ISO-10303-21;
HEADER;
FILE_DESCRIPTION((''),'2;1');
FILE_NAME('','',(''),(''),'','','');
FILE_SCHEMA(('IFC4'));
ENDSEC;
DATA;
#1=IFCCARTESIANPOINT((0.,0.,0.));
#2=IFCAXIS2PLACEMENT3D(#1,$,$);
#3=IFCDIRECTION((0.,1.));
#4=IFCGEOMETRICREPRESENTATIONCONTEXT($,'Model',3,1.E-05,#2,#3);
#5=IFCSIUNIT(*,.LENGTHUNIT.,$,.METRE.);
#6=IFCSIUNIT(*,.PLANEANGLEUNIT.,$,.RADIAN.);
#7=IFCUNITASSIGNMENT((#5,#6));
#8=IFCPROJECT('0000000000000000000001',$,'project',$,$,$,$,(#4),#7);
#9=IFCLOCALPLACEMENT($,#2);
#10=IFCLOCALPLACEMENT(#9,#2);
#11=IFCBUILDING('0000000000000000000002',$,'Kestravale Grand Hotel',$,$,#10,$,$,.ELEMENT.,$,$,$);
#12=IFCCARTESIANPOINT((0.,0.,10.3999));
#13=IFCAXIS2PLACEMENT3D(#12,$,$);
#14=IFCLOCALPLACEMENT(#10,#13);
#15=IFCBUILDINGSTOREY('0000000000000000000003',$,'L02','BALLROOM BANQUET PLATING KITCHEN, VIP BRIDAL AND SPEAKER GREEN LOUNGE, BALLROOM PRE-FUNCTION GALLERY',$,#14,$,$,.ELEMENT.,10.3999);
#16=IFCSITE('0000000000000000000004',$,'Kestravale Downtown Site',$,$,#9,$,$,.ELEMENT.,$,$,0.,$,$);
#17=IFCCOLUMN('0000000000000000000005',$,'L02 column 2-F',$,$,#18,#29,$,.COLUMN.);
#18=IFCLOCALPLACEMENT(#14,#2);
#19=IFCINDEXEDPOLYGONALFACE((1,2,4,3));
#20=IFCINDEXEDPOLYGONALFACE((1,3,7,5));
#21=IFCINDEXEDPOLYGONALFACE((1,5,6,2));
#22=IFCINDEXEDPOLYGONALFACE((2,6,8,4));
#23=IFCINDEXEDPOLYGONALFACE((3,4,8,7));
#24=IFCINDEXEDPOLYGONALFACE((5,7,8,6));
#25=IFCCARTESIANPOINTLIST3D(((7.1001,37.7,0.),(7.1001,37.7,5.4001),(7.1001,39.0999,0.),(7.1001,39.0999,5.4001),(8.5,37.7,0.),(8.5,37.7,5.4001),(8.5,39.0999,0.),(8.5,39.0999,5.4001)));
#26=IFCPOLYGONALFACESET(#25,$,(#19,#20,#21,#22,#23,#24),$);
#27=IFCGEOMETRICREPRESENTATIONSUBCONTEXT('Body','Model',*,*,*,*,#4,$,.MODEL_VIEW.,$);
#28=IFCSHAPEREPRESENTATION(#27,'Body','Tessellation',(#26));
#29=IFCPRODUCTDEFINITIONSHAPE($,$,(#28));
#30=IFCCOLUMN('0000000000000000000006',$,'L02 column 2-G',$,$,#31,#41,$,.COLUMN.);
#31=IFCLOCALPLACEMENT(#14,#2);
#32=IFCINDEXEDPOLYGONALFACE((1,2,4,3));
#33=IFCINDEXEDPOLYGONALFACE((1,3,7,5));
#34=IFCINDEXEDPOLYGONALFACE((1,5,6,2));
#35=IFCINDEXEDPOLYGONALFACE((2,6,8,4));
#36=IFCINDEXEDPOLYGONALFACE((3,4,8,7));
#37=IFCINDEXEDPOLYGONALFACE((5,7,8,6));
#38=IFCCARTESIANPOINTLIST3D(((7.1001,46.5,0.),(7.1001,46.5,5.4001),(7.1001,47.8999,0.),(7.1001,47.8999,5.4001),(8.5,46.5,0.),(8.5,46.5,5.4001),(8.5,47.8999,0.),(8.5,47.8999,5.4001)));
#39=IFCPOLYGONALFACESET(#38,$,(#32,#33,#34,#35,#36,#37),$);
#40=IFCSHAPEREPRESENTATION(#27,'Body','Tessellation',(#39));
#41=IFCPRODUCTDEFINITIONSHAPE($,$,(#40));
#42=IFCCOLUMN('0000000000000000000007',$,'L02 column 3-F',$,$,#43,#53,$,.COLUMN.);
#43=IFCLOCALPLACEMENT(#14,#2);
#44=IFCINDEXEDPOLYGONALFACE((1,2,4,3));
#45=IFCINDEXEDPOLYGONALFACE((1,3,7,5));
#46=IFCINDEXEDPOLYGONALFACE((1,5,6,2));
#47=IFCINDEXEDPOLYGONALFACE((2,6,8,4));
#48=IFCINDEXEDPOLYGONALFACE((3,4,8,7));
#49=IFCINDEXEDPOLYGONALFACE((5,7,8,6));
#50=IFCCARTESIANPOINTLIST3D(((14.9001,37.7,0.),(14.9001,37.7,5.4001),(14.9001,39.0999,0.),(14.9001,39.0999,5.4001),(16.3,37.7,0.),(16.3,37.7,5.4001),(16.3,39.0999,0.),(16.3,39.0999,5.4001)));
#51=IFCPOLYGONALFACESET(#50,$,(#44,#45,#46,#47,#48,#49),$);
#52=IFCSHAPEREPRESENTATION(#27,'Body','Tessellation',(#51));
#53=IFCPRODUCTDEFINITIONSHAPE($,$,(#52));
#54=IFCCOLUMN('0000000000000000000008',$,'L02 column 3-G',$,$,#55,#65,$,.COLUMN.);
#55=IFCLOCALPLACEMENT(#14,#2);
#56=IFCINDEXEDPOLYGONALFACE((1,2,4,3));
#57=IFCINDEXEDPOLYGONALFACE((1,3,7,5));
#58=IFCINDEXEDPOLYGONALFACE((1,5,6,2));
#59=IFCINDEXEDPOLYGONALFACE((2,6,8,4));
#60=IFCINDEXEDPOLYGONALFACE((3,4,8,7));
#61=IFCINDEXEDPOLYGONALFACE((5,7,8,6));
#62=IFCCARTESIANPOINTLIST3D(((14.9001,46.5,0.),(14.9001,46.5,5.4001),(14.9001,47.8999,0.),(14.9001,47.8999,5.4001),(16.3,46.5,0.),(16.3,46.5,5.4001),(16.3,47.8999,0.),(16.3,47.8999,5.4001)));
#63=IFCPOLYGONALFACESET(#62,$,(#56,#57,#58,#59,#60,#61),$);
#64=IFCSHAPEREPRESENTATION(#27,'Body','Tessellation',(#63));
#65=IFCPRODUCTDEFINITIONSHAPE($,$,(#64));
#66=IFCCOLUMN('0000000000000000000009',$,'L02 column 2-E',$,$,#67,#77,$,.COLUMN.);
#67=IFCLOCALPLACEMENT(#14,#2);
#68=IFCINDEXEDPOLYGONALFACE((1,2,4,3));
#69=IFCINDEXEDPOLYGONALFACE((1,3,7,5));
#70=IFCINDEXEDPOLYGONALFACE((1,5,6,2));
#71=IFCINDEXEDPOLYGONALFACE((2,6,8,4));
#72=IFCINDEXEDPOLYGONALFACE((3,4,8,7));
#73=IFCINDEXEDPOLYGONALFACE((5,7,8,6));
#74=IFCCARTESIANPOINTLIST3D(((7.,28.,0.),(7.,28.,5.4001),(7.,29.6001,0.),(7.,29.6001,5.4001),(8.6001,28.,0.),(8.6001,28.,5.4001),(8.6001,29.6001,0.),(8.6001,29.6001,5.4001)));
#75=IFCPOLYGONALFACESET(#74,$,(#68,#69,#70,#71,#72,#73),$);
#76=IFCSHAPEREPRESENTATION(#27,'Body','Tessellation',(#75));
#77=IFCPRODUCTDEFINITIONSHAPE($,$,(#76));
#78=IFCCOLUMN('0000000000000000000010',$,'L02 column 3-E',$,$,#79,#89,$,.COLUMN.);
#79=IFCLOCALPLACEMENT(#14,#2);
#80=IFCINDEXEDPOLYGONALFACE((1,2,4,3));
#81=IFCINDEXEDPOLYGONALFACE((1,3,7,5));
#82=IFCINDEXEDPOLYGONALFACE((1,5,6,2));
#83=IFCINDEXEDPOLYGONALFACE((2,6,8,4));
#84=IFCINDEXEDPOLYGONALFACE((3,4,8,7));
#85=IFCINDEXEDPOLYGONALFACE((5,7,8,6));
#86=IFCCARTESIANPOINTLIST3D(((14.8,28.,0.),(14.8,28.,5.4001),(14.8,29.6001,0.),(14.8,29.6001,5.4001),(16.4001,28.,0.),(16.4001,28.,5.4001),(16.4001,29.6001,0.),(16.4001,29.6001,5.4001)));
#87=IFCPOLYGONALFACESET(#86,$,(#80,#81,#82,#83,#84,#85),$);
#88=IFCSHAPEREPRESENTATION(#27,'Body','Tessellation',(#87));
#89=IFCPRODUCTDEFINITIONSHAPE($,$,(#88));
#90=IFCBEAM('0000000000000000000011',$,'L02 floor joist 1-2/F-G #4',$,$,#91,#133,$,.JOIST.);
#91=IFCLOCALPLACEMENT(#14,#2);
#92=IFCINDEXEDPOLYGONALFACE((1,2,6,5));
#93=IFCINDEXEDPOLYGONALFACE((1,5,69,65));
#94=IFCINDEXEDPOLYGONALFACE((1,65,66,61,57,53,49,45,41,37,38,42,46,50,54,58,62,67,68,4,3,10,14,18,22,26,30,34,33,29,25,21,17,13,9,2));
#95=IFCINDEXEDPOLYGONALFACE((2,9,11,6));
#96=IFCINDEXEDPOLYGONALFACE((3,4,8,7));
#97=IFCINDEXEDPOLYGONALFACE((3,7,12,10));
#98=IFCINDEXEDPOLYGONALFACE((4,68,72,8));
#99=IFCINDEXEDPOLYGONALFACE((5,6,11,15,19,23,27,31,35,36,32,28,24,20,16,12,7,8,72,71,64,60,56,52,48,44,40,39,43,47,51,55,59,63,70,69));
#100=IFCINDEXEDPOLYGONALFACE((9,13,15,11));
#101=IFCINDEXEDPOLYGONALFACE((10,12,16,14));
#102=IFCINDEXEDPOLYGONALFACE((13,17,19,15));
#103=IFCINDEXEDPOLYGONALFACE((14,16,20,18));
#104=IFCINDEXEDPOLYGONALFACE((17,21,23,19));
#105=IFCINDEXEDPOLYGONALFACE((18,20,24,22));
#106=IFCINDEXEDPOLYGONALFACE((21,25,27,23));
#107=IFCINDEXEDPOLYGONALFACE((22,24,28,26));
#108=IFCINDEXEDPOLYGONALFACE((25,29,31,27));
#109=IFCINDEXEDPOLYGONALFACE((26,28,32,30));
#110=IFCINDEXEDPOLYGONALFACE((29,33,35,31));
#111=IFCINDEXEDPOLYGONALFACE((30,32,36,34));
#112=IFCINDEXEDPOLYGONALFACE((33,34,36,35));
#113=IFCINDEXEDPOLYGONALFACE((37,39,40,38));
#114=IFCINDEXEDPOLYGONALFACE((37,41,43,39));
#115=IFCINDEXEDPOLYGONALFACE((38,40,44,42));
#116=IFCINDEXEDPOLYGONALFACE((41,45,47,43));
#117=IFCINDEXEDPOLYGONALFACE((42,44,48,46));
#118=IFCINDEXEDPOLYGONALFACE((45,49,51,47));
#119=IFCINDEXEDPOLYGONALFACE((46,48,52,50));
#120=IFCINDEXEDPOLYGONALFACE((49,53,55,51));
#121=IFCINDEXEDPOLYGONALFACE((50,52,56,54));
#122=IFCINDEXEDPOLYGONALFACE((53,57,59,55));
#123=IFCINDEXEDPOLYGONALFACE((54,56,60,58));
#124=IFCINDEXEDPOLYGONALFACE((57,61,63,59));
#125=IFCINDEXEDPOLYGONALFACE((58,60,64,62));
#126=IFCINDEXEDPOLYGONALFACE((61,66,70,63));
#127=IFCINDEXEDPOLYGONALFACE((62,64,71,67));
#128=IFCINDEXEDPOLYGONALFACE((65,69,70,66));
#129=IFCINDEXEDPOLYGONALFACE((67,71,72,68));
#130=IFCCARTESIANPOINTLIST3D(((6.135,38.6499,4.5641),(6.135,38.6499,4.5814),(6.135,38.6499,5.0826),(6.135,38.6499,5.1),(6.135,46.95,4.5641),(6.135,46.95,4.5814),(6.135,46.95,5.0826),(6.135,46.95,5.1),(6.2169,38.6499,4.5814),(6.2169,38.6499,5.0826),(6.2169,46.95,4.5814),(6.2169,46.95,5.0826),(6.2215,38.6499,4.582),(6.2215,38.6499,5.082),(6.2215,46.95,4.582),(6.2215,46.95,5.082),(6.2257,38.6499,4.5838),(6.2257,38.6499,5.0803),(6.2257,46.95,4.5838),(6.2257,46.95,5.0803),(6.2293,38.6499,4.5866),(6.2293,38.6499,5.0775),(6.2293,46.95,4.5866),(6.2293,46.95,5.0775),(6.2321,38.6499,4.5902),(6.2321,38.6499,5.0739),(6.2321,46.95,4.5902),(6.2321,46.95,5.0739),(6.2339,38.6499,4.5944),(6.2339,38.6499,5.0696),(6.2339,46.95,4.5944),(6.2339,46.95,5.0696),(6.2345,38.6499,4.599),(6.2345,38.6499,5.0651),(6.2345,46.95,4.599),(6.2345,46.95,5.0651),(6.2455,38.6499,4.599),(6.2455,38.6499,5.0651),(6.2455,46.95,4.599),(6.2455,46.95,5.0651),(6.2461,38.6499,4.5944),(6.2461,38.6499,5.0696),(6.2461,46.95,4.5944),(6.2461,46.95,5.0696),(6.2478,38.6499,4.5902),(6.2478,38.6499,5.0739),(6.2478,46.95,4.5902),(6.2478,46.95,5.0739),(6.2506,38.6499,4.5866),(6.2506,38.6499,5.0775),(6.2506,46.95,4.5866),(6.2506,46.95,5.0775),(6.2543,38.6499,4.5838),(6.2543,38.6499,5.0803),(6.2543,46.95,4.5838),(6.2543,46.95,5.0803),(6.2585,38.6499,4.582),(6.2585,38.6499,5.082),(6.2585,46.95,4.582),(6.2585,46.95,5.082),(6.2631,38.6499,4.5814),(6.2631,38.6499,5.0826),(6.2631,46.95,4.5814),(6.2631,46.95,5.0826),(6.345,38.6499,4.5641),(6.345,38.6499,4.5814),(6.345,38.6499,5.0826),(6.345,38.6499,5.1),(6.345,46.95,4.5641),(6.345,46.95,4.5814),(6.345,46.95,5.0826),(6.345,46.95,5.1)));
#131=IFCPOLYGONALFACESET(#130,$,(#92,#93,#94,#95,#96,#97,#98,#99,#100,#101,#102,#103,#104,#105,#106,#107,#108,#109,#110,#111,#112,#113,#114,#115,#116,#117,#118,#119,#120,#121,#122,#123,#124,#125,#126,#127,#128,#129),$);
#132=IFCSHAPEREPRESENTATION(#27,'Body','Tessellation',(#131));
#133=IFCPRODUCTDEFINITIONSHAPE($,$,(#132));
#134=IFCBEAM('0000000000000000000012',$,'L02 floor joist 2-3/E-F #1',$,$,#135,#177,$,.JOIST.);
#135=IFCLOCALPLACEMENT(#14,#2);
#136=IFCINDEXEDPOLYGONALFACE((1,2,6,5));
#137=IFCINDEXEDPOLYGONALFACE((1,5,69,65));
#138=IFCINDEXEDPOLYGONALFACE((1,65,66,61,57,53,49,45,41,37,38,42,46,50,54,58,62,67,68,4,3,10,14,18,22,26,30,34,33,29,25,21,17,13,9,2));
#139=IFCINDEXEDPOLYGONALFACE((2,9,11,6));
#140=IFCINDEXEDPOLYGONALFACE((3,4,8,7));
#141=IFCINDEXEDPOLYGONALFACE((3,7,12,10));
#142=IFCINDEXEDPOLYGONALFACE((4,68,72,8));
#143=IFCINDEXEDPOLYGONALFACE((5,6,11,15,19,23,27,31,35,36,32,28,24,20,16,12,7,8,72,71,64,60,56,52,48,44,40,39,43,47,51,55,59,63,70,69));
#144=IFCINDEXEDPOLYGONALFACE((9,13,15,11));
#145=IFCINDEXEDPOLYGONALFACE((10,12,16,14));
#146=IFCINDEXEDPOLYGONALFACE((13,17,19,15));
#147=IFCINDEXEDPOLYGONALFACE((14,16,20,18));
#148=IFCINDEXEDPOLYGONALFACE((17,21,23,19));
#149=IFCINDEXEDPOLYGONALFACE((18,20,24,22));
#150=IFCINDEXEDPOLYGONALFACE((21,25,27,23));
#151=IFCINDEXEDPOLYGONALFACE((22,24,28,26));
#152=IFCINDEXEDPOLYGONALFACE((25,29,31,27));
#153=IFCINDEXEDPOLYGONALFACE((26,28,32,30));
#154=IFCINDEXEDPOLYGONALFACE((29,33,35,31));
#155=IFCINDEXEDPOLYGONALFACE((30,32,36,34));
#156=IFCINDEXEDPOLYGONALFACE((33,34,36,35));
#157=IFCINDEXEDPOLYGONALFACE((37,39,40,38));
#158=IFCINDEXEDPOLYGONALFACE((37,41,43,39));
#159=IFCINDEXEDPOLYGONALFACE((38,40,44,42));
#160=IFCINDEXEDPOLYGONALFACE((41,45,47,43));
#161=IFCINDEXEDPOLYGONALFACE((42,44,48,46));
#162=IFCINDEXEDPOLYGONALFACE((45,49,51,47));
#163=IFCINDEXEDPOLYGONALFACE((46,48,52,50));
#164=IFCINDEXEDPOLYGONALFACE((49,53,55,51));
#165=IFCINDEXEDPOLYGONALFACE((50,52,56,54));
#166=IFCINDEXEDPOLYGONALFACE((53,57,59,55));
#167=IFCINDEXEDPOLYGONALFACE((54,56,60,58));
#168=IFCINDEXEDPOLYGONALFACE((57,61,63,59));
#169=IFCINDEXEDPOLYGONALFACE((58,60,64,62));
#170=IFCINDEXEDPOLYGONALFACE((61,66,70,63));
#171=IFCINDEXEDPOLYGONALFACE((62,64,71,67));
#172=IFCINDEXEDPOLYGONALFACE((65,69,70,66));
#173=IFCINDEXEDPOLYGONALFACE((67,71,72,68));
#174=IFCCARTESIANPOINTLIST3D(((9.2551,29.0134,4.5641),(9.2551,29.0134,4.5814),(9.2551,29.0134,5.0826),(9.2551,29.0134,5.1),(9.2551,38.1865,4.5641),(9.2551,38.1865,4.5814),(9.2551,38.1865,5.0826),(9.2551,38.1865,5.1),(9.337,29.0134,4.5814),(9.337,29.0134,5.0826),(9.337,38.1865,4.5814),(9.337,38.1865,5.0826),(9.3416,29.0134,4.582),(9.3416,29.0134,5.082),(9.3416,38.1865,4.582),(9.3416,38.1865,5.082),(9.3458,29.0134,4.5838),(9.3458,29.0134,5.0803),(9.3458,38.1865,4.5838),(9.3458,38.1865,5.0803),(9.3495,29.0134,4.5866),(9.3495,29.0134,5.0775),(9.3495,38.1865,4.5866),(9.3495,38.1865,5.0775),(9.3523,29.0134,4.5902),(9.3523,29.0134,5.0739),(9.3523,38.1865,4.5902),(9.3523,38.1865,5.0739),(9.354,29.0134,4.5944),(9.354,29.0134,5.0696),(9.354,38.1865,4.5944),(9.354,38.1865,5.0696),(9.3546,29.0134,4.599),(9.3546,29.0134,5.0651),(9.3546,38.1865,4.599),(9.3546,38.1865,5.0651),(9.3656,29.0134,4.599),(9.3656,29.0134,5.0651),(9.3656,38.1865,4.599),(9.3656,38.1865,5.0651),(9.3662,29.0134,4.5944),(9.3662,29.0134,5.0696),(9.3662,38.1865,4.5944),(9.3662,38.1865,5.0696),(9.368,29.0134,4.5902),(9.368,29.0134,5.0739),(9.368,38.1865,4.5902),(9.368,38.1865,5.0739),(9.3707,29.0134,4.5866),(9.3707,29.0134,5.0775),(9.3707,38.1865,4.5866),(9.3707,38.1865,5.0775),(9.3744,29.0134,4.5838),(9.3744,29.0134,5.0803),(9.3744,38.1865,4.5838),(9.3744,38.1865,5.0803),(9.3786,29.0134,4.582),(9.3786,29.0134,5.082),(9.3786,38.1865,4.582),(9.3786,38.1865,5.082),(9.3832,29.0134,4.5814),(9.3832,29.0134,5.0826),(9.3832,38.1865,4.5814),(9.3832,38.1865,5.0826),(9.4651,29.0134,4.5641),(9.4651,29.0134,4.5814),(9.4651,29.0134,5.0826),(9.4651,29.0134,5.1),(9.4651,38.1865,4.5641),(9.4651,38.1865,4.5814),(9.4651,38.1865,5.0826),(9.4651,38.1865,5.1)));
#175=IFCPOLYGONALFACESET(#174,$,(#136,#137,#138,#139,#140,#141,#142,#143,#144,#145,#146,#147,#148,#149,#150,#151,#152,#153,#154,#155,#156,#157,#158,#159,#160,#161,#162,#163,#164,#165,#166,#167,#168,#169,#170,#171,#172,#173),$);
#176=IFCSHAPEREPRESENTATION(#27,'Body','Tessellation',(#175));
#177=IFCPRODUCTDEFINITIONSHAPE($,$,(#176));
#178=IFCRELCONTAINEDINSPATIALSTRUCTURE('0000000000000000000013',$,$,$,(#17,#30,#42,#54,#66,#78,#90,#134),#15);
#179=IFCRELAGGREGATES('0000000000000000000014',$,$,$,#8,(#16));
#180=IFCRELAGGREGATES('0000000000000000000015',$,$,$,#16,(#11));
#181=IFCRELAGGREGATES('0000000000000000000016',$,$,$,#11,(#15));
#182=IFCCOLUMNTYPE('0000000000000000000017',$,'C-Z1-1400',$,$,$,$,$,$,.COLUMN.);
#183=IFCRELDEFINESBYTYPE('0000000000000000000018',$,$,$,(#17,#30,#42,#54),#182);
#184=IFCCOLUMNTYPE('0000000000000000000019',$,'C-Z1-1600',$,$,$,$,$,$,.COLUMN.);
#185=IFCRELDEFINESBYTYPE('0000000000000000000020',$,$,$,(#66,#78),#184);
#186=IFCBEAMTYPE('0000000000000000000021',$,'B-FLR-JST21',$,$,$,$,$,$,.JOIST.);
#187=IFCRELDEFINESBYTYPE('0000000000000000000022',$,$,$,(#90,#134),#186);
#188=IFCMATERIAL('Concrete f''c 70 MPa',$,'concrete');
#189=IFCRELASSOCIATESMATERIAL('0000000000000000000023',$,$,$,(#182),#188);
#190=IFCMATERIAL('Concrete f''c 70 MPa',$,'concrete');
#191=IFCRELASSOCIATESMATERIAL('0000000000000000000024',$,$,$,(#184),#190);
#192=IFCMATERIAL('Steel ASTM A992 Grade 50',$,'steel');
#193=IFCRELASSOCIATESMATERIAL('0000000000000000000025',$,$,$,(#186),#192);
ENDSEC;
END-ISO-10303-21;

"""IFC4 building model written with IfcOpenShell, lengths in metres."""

from ifc_helpers import new_model, si_unit, direction, frame, origin, origin_2d, place, context, subcontext, project, spatial, rectangle, i_section, extrude, material, material_profile, profile_set, type_object, element, save


model = new_model("IFC4")

# Units and contexts
model_context = context("Model", 3, precision=1e-05, world=origin(), true_north=direction((0.0, 1.0)))
body_context = subcontext(model_context, "Body", "Model", "MODEL_VIEW")
ifc_project = project(units=[si_unit("LENGTHUNIT", "METRE"), si_unit("PLANEANGLEUNIT", "RADIAN")], contexts=[model_context])

# Site, building, storey
site_placement = place(None, origin())
site = spatial("IfcSite", under=ifc_project, at=site_placement, Name="Kestravale Downtown Site", CompositionType="ELEMENT", RefElevation=0.0)
building_placement = place(site_placement, origin())
building = spatial("IfcBuilding", under=site, at=building_placement, Name="Kestravale Grand Hotel", CompositionType="ELEMENT")
storey_placement = place(building_placement, frame((0.0, 0.0, 10.3999)))
storey = spatial("IfcBuildingStorey", under=building, at=storey_placement, Name="L02", Description="BALLROOM BANQUET PLATING KITCHEN, VIP BRIDAL AND SPEAKER GREEN LOUNGE, BALLROOM PRE-FUNCTION GALLERY", CompositionType="ELEMENT", Elevation=10.3999)

# Columns
ifc_material_1 = material(Name="Concrete f'c 70 MPa", Category="concrete")
ifc_material_profile_1 = material_profile(ifc_material_1, rectangle(XDim=1.3999, YDim=1.3999, at=origin_2d()))
ifc_profile_set_1 = profile_set([ifc_material_profile_1], Name="Concrete f'c 70 MPa")
column_type_1 = type_object("IfcColumnType", Name="C-Z1-1400", PredefinedType="COLUMN", material=ifc_profile_set_1)
for number, where, z_axis, x_axis, name in (
    (1, (7.8, 38.3999, 0.0), (0.0, 0.0, 1.0), (1.0, 0.0, 0.0), "L02 column 2-F"),
    (2, (7.8, 47.2, 0.0), (0.0, 0.0, 1.0), (1.0, 0.0, 0.0), "L02 column 2-G"),
    (3, (15.6001, 38.3999, 0.0), (0.0, 0.0, 1.0), (1.0, 0.0, 0.0), "L02 column 3-F"),
    (4, (15.6001, 47.2, 0.0), (0.0, 0.0, 1.0), (1.0, 0.0, 0.0), "L02 column 3-G"),
):
    element("IfcColumn", number, at=place(storey_placement, frame(where, z_axis=z_axis, x_axis=x_axis)), inside=storey, type_object=column_type_1, Name=name, PredefinedType="COLUMN", context=body_context, shape_type="SweptSolid", body=[
        extrude(rectangle(XDim=1.3999, YDim=1.3999, at=origin_2d()), origin(), (0.0, 0.0, 1.0), 5.4001),
    ])
ifc_material_2 = material(Name="Concrete f'c 70 MPa", Category="concrete")
ifc_material_profile_2 = material_profile(ifc_material_2, rectangle(XDim=1.6001, YDim=1.6001, at=origin_2d()))
ifc_profile_set_2 = profile_set([ifc_material_profile_2], Name="Concrete f'c 70 MPa")
column_type_2 = type_object("IfcColumnType", Name="C-Z1-1600", PredefinedType="COLUMN", material=ifc_profile_set_2)
for number, where, z_axis, x_axis, name in (
    (5, (7.8, 28.8, 0.0), (0.0, 0.0, 1.0), (1.0, 0.0, 0.0), "L02 column 2-E"),
    (6, (15.6001, 28.8, 0.0), (0.0, 0.0, 1.0), (1.0, 0.0, 0.0), "L02 column 3-E"),
):
    element("IfcColumn", number, at=place(storey_placement, frame(where, z_axis=z_axis, x_axis=x_axis)), inside=storey, type_object=column_type_2, Name=name, PredefinedType="COLUMN", context=body_context, shape_type="SweptSolid", body=[
        extrude(rectangle(XDim=1.6001, YDim=1.6001, at=origin_2d()), origin(), (0.0, 0.0, 1.0), 5.4001),
    ])

# Beams
ifc_material_3 = material(Name="Steel ASTM A992 Grade 50", Category="steel")
ifc_material_profile_3 = material_profile(ifc_material_3, i_section(OverallWidth=0.21, OverallDepth=0.5359, WebThickness=0.011, FlangeThickness=0.0173, FilletRadius=0.0176, at=origin_2d()))
ifc_profile_set_3 = profile_set([ifc_material_profile_3], Name="Steel ASTM A992 Grade 50")
beam_type_1 = type_object("IfcBeamType", Name="B-FLR-JST21", PredefinedType="JOIST", material=ifc_profile_set_3)
beam_1_placement = place(storey_placement, frame((6.24, 38.6499, 4.832), z_axis=(0.0, 1.0, 0.0), x_axis=(-1.0, 0.0, 0.0)))
element("IfcBeam", 7, at=beam_1_placement, inside=storey, type_object=beam_type_1, Name="L02 floor joist 1-2/F-G #4", PredefinedType="JOIST", context=body_context, shape_type="SweptSolid", body=[
    extrude(i_section(OverallWidth=0.21, OverallDepth=0.5359, WebThickness=0.011, FlangeThickness=0.0173, FilletRadius=0.0176, at=origin_2d()), origin(), (0.0, 0.0, 1.0), 8.3),
])
for number, where, z_axis, x_axis, name in (
    (8, (9.3601, 29.0134, 4.832), (0.0, 1.0, 0.0), (-1.0, 0.0, 0.0), "L02 floor joist 2-3/E-F #1"),
):
    element("IfcBeam", number, at=place(storey_placement, frame(where, z_axis=z_axis, x_axis=x_axis)), inside=storey, type_object=beam_type_1, Name=name, PredefinedType="JOIST", context=body_context, shape_type="SweptSolid", body=[
        extrude(i_section(OverallWidth=0.21, OverallDepth=0.5359, WebThickness=0.011, FlangeThickness=0.0173, FilletRadius=0.0176, at=origin_2d()), origin(), (0.0, 0.0, 1.0), 9.1731),
    ])

save(model, "model.ifc")
